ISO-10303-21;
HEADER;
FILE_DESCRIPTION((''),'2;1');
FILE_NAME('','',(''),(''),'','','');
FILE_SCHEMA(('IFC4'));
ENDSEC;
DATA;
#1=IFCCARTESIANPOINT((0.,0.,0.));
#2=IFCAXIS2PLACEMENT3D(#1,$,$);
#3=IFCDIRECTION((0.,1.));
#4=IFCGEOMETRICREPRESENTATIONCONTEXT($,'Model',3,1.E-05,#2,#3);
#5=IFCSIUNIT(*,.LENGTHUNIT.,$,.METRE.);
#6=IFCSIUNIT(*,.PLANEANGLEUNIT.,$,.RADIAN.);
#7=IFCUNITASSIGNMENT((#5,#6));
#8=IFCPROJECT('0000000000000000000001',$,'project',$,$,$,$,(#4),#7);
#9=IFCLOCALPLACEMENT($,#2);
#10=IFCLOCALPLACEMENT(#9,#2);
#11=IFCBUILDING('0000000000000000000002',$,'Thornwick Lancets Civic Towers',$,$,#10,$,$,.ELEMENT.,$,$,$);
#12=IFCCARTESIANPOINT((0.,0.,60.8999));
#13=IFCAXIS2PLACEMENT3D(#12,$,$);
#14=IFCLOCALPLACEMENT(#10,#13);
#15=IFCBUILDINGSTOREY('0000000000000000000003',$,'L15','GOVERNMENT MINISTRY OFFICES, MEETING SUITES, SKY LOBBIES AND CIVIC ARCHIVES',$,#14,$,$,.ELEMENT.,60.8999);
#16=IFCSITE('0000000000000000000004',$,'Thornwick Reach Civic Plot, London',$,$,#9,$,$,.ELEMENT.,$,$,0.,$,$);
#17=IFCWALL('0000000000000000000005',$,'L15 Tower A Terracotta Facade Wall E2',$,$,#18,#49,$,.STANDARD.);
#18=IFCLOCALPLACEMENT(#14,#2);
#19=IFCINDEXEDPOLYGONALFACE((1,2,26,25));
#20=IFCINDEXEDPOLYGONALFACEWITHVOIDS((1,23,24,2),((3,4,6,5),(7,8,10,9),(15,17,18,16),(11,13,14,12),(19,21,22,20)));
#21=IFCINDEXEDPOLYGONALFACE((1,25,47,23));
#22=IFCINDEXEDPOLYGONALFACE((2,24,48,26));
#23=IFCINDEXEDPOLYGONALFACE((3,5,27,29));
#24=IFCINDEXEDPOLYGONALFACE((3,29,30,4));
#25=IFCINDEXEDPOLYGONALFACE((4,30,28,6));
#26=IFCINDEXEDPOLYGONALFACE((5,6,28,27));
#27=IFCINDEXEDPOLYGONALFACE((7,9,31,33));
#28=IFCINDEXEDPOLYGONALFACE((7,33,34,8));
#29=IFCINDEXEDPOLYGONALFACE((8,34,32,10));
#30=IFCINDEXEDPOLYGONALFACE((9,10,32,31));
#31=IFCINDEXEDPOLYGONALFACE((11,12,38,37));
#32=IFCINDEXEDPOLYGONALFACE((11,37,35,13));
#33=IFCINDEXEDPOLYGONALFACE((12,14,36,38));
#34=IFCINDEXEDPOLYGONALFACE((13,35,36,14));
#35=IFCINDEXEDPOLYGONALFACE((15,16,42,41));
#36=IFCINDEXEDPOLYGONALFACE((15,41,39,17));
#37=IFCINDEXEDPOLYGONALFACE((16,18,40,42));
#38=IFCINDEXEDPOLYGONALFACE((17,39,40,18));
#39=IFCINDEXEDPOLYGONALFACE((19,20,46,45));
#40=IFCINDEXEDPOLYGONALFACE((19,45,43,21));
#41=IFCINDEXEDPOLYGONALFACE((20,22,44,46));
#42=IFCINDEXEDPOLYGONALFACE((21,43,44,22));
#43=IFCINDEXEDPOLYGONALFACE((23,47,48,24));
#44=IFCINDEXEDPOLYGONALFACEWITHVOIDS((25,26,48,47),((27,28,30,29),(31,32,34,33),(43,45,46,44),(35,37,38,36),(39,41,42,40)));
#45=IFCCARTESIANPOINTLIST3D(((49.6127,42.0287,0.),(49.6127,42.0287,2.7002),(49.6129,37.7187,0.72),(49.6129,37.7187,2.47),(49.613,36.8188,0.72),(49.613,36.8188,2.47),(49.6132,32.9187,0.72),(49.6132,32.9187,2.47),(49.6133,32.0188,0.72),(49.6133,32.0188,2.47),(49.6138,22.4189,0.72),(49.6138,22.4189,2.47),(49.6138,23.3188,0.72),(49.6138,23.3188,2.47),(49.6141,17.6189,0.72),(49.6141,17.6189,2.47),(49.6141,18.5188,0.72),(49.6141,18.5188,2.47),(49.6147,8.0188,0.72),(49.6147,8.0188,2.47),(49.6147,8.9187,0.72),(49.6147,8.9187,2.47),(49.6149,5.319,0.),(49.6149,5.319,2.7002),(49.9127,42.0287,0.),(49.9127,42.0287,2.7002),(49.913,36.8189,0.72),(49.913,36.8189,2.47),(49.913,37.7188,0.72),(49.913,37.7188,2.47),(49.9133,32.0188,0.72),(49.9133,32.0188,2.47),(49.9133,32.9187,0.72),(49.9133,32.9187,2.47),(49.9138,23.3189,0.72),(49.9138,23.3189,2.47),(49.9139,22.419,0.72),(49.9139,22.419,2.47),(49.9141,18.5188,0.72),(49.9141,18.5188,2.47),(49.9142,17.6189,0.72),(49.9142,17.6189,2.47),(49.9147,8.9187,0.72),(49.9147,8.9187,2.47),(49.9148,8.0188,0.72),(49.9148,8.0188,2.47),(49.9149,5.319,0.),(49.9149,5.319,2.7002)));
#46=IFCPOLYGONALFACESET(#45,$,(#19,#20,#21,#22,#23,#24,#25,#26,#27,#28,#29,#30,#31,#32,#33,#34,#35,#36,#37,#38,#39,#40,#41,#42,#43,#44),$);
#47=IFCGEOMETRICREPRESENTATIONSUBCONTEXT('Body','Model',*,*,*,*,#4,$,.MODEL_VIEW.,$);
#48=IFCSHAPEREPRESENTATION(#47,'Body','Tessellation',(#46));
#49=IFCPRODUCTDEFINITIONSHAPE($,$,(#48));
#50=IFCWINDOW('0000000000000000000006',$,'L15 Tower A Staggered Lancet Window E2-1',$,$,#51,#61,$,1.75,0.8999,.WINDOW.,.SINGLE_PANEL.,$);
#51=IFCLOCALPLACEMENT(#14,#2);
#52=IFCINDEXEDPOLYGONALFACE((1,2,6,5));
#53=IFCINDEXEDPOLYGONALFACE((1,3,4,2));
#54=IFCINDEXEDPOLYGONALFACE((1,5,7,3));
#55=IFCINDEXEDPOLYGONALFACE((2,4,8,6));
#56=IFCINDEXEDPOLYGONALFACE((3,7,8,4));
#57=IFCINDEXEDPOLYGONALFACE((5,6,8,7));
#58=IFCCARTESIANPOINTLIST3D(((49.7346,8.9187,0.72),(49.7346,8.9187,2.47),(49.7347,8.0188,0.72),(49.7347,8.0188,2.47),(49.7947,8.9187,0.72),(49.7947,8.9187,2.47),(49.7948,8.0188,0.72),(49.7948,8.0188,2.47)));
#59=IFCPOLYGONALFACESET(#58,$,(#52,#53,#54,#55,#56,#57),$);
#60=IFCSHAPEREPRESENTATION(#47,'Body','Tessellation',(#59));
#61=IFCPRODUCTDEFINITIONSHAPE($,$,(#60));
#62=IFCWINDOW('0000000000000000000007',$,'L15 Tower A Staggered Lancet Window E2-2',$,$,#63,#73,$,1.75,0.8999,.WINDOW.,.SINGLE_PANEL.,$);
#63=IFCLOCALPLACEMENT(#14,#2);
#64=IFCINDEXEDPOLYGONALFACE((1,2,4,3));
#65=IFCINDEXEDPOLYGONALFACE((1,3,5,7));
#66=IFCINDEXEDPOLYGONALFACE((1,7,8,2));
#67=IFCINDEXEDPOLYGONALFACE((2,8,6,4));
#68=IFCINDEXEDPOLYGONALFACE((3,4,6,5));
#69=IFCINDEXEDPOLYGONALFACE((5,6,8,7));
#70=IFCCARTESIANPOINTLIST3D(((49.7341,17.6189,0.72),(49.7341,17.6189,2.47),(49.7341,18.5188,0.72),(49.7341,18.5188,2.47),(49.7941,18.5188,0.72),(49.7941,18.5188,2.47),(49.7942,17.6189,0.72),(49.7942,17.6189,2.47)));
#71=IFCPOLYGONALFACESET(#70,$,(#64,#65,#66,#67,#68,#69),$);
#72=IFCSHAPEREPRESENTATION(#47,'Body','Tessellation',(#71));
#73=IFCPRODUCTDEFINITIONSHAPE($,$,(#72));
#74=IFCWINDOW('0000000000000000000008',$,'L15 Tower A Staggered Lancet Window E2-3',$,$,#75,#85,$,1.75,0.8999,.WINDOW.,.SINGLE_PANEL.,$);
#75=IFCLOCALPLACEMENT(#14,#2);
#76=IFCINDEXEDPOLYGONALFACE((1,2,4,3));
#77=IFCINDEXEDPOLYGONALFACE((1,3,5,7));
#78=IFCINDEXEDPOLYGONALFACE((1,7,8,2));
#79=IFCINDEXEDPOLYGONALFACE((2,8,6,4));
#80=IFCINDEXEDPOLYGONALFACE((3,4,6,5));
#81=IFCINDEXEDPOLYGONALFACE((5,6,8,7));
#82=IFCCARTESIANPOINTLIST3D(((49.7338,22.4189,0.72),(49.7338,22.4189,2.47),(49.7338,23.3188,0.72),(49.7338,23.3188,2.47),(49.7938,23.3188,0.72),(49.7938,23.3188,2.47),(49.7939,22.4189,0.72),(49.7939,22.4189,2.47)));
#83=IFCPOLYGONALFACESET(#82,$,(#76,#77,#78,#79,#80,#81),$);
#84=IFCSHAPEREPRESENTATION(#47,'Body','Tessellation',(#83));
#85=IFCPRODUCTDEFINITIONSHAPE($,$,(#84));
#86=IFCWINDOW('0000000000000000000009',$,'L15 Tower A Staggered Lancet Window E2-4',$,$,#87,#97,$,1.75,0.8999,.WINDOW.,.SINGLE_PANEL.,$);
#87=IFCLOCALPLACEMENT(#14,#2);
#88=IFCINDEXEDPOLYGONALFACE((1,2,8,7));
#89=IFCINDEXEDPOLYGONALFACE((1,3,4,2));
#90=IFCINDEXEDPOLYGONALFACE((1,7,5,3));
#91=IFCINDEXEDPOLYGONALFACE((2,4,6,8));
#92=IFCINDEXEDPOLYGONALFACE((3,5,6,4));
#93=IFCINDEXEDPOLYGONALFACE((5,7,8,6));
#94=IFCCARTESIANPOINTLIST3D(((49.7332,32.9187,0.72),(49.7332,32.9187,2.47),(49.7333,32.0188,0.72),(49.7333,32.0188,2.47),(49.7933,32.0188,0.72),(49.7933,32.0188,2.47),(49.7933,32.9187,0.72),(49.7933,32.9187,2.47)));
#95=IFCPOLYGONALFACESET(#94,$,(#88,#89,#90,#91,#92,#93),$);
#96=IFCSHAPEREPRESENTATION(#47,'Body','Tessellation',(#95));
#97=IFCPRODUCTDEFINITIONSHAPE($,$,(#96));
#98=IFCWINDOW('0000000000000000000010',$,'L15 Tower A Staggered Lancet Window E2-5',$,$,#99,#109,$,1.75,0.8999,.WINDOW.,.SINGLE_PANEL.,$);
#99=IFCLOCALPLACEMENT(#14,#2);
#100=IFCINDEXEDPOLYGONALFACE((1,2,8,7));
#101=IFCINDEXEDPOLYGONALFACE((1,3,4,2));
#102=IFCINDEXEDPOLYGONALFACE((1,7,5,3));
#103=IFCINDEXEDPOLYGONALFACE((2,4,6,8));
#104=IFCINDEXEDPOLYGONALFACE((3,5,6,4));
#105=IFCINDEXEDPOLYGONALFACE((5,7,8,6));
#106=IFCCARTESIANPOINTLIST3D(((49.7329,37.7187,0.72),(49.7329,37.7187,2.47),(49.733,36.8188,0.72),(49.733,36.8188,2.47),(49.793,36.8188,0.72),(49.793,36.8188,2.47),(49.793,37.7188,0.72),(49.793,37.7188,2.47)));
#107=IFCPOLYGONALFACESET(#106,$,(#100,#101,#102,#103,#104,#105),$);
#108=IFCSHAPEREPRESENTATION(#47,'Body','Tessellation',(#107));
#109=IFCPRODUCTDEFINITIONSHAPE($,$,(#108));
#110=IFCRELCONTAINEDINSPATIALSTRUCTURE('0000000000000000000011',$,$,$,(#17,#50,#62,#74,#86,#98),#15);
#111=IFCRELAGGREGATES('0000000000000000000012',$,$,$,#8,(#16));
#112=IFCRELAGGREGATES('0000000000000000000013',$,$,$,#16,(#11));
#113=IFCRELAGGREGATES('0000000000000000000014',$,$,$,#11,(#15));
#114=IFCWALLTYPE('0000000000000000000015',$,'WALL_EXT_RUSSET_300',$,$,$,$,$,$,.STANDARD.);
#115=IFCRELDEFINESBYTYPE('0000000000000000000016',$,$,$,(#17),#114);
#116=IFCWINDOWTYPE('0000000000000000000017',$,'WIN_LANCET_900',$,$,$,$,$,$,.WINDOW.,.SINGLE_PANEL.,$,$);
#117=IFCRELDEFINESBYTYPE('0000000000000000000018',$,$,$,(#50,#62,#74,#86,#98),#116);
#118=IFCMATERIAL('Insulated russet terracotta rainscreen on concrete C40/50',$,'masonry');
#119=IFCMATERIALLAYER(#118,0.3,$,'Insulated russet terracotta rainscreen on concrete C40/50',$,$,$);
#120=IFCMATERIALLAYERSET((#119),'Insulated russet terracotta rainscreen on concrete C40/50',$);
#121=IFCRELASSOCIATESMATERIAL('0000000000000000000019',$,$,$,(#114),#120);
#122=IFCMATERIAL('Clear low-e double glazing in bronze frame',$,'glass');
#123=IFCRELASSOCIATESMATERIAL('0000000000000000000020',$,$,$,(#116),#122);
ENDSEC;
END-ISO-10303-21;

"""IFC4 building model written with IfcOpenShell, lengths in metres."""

from ifc_helpers import new_model, si_unit, direction, frame, frame_2d, origin, place, context, subcontext, project, spatial, rectangle, extrude, material, layer, layer_set, type_object, element, fill, save


model = new_model("IFC4")

# Units and contexts
model_context = context("Model", 3, precision=1e-05, world=origin(), true_north=direction((0.0, 1.0)))
body_context = subcontext(model_context, "Body", "Model", "MODEL_VIEW")
ifc_project = project(units=[si_unit("LENGTHUNIT", "METRE"), si_unit("PLANEANGLEUNIT", "RADIAN")], contexts=[model_context])

# Site, building, storey
site_placement = place(None, origin())
site = spatial("IfcSite", under=ifc_project, at=site_placement, Name="Thornwick Reach Civic Plot, London", CompositionType="ELEMENT", RefElevation=0.0)
building_placement = place(site_placement, origin())
building = spatial("IfcBuilding", under=site, at=building_placement, Name="Thornwick Lancets Civic Towers", CompositionType="ELEMENT")
storey_placement = place(building_placement, frame((0.0, 0.0, 60.8999)))
storey = spatial("IfcBuildingStorey", under=building, at=storey_placement, Name="L15", Description="GOVERNMENT MINISTRY OFFICES, MEETING SUITES, SKY LOBBIES AND CIVIC ARCHIVES", CompositionType="ELEMENT", Elevation=60.8999)

# Wall, openings, windows
ifc_material_1 = material(Name="Insulated russet terracotta rainscreen on concrete C40/50", Category="masonry")
ifc_layer_1 = layer(ifc_material_1, 0.3, Name="Insulated russet terracotta rainscreen on concrete C40/50")
ifc_layer_set_1 = layer_set([ifc_layer_1], Name="Insulated russet terracotta rainscreen on concrete C40/50")
wall_type_1 = type_object("IfcWallType", Name="WALL_EXT_RUSSET_300", PredefinedType="STANDARD", material=ifc_layer_set_1)
wall_1_placement = place(storey_placement, frame((49.7649, 5.3188, 0.0), z_axis=(0.0, 0.0, 1.0), x_axis=(-0.00006, 1.0, 0.0)))
wall_1 = element("IfcWall", 1, at=wall_1_placement, inside=storey, type_object=wall_type_1, Name="L15 Tower A Terracotta Facade Wall E2", PredefinedType="STANDARD", context=body_context, shape_type="SweptSolid", body=[
    extrude(rectangle(XDim=36.7097, YDim=0.3, at=frame_2d((18.355, 0.0))), origin(), (0.0, 0.0, 1.0), 2.7002),
])
opening_1_placement = place(wall_1_placement, frame((2.7, 0.0, 0.72)))
opening_1 = element("IfcOpeningElement", 2, at=opening_1_placement, cuts=wall_1, PredefinedType="OPENING", context=body_context, shape_type="SweptSolid", body=[
    extrude(rectangle(XDim=0.8999, YDim=1.75, at=frame_2d((0.45, 0.875))), frame((0.0, 0.1602, 0.0), z_axis=(0.0, -1.0, 0.0), x_axis=(1.0, 0.0, 0.0)), (0.0, 0.0, 1.0), 0.3201),
])
opening_2_placement = place(wall_1_placement, frame((12.3, 0.0, 0.72)))
opening_2 = element("IfcOpeningElement", 3, at=opening_2_placement, cuts=wall_1, PredefinedType="OPENING", context=body_context, shape_type="SweptSolid", body=[
    extrude(rectangle(XDim=0.8999, YDim=1.75, at=frame_2d((0.45, 0.875))), frame((0.0, 0.1602, 0.0), z_axis=(0.0, -1.0, 0.0), x_axis=(1.0, 0.0, 0.0)), (0.0, 0.0, 1.0), 0.3201),
])
opening_3_placement = place(wall_1_placement, frame((17.1001, 0.0, 0.72)))
opening_3 = element("IfcOpeningElement", 4, at=opening_3_placement, cuts=wall_1, PredefinedType="OPENING", context=body_context, shape_type="SweptSolid", body=[
    extrude(rectangle(XDim=0.8999, YDim=1.75, at=frame_2d((0.45, 0.875))), frame((0.0, 0.1602, 0.0), z_axis=(0.0, -1.0, 0.0), x_axis=(1.0, 0.0, 0.0)), (0.0, 0.0, 1.0), 0.3201),
])
opening_4_placement = place(wall_1_placement, frame((26.7, 0.0, 0.72)))
opening_4 = element("IfcOpeningElement", 5, at=opening_4_placement, cuts=wall_1, PredefinedType="OPENING", context=body_context, shape_type="SweptSolid", body=[
    extrude(rectangle(XDim=0.8999, YDim=1.75, at=frame_2d((0.45, 0.875))), frame((0.0, 0.1602, 0.0), z_axis=(0.0, -1.0, 0.0), x_axis=(1.0, 0.0, 0.0)), (0.0, 0.0, 1.0), 0.3201),
])
opening_5_placement = place(wall_1_placement, frame((31.5, 0.0, 0.72)))
opening_5 = element("IfcOpeningElement", 6, at=opening_5_placement, cuts=wall_1, PredefinedType="OPENING", context=body_context, shape_type="SweptSolid", body=[
    extrude(rectangle(XDim=0.8999, YDim=1.75, at=frame_2d((0.45, 0.875))), frame((0.0, 0.1602, 0.0), z_axis=(0.0, -1.0, 0.0), x_axis=(1.0, 0.0, 0.0)), (0.0, 0.0, 1.0), 0.3201),
])
ifc_material_2 = material(Name="Clear low-e double glazing in bronze frame", Category="glass")
window_type = type_object("IfcWindowType", Name="WIN_LANCET_900", PartitioningType="SINGLE_PANEL", PredefinedType="WINDOW", material=ifc_material_2)
window_1_placement = place(opening_1_placement, origin())
window_1 = element("IfcWindow", 7, at=window_1_placement, inside=storey, type_object=window_type, Name="L15 Tower A Staggered Lancet Window E2-1", OverallHeight=1.75, OverallWidth=0.8999, PartitioningType="SINGLE_PANEL", PredefinedType="WINDOW", context=body_context, shape_type="SweptSolid", body=[
    extrude(rectangle(XDim=0.8999, YDim=1.75, at=frame_2d((0.45, 0.875))), frame((0.0, 0.03, 0.0), z_axis=(0.0, -1.0, 0.0), x_axis=(1.0, 0.0, 0.0)), (0.0, 0.0, 1.0), 0.0601),
])
fill(opening_1, window_1)
window_2_placement = place(opening_2_placement, origin())
window_2 = element("IfcWindow", 8, at=window_2_placement, inside=storey, type_object=window_type, Name="L15 Tower A Staggered Lancet Window E2-2", OverallHeight=1.75, OverallWidth=0.8999, PartitioningType="SINGLE_PANEL", PredefinedType="WINDOW", context=body_context, shape_type="SweptSolid", body=[
    extrude(rectangle(XDim=0.8999, YDim=1.75, at=frame_2d((0.45, 0.875))), frame((0.0, 0.03, 0.0), z_axis=(0.0, -1.0, 0.0), x_axis=(1.0, 0.0, 0.0)), (0.0, 0.0, 1.0), 0.0601),
])
fill(opening_2, window_2)
window_3_placement = place(opening_3_placement, origin())
window_3 = element("IfcWindow", 9, at=window_3_placement, inside=storey, type_object=window_type, Name="L15 Tower A Staggered Lancet Window E2-3", OverallHeight=1.75, OverallWidth=0.8999, PartitioningType="SINGLE_PANEL", PredefinedType="WINDOW", context=body_context, shape_type="SweptSolid", body=[
    extrude(rectangle(XDim=0.8999, YDim=1.75, at=frame_2d((0.45, 0.875))), frame((0.0, 0.03, 0.0), z_axis=(0.0, -1.0, 0.0), x_axis=(1.0, 0.0, 0.0)), (0.0, 0.0, 1.0), 0.0601),
])
fill(opening_3, window_3)
window_4_placement = place(opening_4_placement, origin())
window_4 = element("IfcWindow", 10, at=window_4_placement, inside=storey, type_object=window_type, Name="L15 Tower A Staggered Lancet Window E2-4", OverallHeight=1.75, OverallWidth=0.8999, PartitioningType="SINGLE_PANEL", PredefinedType="WINDOW", context=body_context, shape_type="SweptSolid", body=[
    extrude(rectangle(XDim=0.8999, YDim=1.75, at=frame_2d((0.45, 0.875))), frame((0.0, 0.03, 0.0), z_axis=(0.0, -1.0, 0.0), x_axis=(1.0, 0.0, 0.0)), (0.0, 0.0, 1.0), 0.0601),
])
fill(opening_4, window_4)
window_5_placement = place(opening_5_placement, origin())
window_5 = element("IfcWindow", 11, at=window_5_placement, inside=storey, type_object=window_type, Name="L15 Tower A Staggered Lancet Window E2-5", OverallHeight=1.75, OverallWidth=0.8999, PartitioningType="SINGLE_PANEL", PredefinedType="WINDOW", context=body_context, shape_type="SweptSolid", body=[
    extrude(rectangle(XDim=0.8999, YDim=1.75, at=frame_2d((0.45, 0.875))), frame((0.0, 0.03, 0.0), z_axis=(0.0, -1.0, 0.0), x_axis=(1.0, 0.0, 0.0)), (0.0, 0.0, 1.0), 0.0601),
])
fill(opening_5, window_5)

save(model, "model.ifc")
